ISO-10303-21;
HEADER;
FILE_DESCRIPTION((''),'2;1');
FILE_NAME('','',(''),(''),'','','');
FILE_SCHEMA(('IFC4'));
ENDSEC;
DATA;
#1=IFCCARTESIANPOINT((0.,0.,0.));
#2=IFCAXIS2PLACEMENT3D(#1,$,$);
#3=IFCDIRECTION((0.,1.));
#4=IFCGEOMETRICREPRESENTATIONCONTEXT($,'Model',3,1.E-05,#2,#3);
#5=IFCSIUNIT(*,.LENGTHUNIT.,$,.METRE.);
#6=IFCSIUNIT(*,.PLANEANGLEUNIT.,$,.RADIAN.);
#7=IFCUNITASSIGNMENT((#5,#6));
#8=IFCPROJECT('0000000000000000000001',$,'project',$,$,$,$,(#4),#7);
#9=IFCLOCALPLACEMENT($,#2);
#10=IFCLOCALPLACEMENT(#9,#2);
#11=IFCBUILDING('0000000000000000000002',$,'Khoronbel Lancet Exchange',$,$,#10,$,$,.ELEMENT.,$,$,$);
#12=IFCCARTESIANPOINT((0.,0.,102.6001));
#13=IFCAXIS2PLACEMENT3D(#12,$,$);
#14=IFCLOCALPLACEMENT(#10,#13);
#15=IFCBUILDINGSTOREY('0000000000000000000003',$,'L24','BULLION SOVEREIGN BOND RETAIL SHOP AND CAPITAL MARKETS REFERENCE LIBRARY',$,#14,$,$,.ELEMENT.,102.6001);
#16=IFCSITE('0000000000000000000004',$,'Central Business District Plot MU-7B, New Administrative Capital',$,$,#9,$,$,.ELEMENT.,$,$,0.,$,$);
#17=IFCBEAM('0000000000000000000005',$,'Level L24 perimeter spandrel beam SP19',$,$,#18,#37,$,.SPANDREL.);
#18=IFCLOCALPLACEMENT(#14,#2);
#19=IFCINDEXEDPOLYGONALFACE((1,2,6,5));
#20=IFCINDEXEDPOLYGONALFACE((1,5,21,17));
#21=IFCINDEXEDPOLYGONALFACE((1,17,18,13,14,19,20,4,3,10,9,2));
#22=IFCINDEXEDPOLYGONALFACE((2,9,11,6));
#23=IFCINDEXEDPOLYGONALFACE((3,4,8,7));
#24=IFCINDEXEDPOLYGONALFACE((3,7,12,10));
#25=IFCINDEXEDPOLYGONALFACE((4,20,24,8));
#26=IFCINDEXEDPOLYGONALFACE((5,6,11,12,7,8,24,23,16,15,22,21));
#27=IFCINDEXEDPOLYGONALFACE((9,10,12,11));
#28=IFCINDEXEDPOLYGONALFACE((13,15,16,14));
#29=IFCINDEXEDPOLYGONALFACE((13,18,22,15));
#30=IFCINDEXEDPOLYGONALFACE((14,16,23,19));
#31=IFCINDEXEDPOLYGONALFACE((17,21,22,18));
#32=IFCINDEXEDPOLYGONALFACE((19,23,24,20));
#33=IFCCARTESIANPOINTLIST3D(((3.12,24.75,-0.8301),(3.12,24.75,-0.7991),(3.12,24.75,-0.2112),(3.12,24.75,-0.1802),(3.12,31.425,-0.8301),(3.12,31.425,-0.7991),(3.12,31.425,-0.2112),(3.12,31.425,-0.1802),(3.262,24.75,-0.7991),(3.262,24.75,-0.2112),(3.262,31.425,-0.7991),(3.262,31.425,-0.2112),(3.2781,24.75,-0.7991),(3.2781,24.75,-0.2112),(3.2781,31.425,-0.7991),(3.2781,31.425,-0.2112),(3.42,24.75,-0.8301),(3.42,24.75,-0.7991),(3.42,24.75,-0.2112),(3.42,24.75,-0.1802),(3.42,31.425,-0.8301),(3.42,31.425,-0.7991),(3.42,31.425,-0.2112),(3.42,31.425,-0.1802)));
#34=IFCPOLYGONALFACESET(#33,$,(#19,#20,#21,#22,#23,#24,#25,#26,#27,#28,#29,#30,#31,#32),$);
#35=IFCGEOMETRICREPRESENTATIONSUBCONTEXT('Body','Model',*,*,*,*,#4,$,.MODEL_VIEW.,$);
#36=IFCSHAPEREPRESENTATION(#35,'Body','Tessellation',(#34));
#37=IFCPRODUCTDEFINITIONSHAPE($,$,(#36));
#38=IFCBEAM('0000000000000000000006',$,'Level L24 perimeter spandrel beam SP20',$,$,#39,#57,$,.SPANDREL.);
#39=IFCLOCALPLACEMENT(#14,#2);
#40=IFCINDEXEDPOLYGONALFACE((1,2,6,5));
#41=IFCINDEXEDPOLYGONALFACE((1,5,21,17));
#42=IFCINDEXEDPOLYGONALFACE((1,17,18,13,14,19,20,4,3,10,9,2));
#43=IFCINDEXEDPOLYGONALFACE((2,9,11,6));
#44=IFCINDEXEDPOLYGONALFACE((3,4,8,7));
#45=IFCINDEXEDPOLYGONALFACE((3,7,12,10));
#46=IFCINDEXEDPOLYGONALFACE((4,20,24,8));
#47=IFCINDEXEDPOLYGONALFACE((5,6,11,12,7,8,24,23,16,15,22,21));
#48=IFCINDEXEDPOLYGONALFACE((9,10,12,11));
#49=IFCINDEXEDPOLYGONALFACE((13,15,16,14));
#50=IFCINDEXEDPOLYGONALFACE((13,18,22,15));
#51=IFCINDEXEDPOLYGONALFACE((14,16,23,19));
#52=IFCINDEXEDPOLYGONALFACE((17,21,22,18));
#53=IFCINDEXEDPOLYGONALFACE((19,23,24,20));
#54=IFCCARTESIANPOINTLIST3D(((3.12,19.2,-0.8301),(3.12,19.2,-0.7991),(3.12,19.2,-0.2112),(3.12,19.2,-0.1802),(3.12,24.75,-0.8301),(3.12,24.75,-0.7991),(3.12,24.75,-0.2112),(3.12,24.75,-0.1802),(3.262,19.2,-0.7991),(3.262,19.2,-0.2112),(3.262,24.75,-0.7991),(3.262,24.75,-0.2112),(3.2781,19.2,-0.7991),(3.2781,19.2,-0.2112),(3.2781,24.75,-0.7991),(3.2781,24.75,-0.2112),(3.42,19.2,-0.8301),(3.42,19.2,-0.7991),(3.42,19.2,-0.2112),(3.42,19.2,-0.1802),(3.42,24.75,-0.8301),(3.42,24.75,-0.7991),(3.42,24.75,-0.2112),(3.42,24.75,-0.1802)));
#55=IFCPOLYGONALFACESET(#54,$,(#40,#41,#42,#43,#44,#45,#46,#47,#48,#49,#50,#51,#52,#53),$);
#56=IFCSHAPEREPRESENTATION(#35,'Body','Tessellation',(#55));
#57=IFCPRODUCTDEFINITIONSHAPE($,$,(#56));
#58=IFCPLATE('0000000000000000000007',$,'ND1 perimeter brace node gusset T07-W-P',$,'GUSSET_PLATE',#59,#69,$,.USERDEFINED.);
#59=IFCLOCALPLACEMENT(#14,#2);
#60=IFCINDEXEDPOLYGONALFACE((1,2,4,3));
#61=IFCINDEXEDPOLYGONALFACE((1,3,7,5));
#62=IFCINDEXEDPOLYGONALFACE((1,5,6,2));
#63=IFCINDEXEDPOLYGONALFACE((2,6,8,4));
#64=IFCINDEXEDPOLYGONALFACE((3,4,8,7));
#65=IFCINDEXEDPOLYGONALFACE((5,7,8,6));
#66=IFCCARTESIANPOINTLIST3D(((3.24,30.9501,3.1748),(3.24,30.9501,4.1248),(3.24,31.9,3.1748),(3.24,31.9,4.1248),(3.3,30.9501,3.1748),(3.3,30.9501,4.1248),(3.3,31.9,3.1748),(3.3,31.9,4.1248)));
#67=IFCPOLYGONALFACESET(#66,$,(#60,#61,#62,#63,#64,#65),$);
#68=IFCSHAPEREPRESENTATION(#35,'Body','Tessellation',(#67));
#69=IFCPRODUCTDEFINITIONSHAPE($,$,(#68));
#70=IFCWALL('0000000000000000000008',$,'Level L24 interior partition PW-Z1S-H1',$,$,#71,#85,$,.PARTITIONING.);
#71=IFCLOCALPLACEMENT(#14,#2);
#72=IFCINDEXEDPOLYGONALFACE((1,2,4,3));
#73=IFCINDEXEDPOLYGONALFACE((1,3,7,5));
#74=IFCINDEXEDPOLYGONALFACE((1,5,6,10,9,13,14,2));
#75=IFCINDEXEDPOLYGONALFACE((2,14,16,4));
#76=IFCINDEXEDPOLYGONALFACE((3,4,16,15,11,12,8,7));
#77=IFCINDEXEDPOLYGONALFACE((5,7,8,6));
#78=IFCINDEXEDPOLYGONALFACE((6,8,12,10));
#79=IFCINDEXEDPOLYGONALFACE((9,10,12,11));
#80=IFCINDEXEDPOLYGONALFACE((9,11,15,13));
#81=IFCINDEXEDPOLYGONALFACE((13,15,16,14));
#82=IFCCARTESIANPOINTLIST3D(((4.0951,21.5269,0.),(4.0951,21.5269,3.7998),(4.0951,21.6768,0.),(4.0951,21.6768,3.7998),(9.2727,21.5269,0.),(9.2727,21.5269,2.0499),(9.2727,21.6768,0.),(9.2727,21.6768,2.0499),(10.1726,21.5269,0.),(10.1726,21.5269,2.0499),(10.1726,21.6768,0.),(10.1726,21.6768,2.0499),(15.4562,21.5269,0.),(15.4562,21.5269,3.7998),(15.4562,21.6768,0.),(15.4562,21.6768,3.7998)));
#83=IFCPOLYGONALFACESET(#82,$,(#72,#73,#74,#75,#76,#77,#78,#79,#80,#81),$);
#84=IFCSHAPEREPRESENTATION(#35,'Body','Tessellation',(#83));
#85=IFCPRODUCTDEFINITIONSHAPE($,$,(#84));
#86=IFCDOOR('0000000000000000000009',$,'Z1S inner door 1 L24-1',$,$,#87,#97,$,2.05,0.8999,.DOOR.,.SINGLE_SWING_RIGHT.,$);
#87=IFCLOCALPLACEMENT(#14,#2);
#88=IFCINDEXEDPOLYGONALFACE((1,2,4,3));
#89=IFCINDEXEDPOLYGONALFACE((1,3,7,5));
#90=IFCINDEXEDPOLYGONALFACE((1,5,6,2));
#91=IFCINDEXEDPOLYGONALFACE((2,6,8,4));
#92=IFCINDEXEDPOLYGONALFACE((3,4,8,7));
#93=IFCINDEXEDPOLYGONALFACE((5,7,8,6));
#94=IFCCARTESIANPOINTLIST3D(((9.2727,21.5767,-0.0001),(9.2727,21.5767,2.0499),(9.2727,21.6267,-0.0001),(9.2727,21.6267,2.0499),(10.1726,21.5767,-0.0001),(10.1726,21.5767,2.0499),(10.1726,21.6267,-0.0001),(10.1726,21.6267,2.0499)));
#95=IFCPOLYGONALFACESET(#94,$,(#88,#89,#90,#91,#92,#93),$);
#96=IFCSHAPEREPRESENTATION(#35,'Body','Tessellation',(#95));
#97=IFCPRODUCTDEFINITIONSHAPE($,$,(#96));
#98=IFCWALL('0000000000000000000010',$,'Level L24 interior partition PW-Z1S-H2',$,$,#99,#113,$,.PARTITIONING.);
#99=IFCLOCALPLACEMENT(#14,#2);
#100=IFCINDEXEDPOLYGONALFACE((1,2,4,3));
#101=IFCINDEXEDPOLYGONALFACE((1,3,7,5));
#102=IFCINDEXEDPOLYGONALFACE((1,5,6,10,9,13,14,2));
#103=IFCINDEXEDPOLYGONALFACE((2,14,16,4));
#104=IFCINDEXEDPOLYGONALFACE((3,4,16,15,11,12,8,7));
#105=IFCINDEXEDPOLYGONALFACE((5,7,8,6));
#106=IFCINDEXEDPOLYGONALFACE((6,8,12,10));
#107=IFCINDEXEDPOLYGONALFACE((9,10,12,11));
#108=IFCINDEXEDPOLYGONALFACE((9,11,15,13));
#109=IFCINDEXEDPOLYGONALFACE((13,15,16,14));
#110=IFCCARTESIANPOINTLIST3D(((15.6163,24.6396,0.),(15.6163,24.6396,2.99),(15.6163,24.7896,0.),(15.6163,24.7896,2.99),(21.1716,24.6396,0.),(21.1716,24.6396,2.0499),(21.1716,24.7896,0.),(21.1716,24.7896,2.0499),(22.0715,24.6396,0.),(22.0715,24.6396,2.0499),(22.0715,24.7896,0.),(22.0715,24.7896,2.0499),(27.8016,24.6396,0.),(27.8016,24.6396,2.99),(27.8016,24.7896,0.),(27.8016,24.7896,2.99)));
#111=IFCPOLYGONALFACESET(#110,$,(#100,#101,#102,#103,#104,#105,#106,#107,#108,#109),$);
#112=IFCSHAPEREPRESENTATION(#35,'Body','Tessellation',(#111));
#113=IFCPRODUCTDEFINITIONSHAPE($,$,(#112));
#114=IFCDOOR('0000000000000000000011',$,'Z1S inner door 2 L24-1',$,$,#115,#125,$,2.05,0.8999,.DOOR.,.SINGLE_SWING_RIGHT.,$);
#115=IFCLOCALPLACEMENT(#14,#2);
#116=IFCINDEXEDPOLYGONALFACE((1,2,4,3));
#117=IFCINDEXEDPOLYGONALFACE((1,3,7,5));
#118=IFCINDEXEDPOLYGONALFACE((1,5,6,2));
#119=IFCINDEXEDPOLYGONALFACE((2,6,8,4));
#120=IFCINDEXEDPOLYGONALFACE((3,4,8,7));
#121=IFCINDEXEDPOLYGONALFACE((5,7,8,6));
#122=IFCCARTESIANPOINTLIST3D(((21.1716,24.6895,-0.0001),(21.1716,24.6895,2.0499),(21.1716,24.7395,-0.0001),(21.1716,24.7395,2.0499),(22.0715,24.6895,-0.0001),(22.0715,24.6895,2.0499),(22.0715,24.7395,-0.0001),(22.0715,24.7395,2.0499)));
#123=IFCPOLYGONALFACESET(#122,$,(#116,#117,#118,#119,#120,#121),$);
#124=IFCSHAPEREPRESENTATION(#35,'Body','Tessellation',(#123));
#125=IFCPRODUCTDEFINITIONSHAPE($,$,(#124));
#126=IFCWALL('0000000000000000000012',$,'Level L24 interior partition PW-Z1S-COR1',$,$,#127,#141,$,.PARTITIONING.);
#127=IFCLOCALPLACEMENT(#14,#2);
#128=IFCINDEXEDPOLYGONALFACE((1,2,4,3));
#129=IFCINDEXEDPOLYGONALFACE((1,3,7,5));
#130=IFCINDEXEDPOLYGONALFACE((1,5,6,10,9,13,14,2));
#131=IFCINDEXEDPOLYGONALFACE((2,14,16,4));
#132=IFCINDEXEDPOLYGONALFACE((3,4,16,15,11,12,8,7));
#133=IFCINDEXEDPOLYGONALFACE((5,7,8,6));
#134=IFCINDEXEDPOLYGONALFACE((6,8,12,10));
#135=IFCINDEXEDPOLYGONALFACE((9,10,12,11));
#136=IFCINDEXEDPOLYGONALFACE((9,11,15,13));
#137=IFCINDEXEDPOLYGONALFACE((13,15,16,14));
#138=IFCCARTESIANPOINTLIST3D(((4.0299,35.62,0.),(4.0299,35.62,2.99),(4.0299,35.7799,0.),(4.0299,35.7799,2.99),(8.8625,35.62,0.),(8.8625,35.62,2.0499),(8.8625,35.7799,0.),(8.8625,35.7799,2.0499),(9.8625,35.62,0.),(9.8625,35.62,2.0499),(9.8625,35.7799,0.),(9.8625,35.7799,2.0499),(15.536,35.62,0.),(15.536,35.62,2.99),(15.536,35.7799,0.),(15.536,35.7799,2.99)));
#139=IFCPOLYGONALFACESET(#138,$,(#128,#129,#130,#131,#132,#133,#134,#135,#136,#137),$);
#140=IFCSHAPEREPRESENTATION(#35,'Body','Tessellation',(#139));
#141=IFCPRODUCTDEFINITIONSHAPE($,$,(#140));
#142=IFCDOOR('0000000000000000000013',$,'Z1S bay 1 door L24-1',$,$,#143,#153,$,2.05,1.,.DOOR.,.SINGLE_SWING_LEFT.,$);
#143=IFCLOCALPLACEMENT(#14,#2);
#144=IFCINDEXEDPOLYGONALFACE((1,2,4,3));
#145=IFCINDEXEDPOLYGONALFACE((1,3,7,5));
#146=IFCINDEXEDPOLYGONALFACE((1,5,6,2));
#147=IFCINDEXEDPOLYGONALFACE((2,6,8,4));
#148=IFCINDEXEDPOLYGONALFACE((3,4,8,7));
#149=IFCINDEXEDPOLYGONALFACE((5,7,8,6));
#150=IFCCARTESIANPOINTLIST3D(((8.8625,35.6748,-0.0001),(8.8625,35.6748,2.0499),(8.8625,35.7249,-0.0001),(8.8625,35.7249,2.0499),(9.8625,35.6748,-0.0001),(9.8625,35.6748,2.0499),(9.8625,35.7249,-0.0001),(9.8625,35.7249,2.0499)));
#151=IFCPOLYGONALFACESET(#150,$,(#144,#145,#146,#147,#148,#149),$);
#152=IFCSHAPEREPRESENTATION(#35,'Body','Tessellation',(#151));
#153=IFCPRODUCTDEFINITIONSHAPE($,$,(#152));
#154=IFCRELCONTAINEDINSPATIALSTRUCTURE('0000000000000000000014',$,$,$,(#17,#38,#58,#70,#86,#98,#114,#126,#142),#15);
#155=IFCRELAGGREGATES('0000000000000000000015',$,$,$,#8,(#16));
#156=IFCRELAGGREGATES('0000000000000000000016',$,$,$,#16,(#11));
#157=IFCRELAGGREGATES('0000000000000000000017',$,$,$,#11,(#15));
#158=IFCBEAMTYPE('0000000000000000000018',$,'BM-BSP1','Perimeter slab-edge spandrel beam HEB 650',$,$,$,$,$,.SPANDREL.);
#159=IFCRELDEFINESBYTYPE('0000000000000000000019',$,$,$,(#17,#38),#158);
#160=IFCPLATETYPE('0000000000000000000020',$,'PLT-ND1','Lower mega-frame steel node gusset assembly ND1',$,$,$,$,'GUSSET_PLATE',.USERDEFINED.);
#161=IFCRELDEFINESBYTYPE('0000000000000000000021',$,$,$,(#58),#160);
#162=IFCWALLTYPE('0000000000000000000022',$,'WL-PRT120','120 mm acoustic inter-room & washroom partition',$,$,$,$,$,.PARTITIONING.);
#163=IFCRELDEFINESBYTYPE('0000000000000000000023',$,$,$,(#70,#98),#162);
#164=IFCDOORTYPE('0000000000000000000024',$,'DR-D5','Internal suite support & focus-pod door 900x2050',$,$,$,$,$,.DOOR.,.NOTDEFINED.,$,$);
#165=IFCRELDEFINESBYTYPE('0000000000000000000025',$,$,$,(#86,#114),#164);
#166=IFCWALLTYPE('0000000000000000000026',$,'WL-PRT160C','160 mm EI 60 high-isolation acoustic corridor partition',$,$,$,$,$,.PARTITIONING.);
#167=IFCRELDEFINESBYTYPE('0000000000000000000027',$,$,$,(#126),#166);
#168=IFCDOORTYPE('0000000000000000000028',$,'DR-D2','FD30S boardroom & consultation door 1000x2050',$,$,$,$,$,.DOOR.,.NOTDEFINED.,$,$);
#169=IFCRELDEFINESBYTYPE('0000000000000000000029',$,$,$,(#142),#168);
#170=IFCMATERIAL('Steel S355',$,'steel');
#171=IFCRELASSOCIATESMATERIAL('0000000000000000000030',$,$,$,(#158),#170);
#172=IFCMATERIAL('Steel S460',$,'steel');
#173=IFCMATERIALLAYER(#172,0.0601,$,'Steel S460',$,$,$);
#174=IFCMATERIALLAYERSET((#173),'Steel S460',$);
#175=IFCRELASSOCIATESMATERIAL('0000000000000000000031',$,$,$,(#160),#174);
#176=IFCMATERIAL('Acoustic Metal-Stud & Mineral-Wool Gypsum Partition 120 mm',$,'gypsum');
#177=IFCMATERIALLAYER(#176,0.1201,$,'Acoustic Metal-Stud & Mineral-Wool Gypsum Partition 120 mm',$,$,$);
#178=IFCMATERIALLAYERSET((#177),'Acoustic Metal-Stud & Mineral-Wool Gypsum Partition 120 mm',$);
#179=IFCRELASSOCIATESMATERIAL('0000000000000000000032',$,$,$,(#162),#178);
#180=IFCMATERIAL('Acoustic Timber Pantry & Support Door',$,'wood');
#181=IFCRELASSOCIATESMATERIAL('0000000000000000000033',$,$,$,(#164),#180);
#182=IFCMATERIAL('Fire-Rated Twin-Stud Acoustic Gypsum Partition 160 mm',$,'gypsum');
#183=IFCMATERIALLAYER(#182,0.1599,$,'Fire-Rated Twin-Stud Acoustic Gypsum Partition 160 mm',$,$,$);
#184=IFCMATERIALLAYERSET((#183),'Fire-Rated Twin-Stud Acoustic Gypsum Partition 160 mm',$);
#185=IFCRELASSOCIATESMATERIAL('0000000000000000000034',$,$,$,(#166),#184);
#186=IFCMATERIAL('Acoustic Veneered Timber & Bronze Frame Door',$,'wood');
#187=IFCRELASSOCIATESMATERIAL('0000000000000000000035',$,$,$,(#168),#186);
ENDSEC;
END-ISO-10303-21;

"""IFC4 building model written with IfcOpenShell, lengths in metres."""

from ifc_helpers import new_model, si_unit, direction, frame, frame_2d, origin, origin_2d, place, context, subcontext, project, spatial, rectangle, i_section, extrude, material, layer, layer_set, material_profile, profile_set, type_object, element, fill, save


model = new_model("IFC4")

# Units and contexts
model_context = context("Model", 3, precision=1e-05, world=origin(), true_north=direction((0.0, 1.0)))
body_context = subcontext(model_context, "Body", "Model", "MODEL_VIEW")
ifc_project = project(units=[si_unit("LENGTHUNIT", "METRE"), si_unit("PLANEANGLEUNIT", "RADIAN")], contexts=[model_context])

# Site, building, storey
site_placement = place(None, origin())
site = spatial("IfcSite", under=ifc_project, at=site_placement, Name="Central Business District Plot MU-7B, New Administrative Capital", CompositionType="ELEMENT", RefElevation=0.0)
building_placement = place(site_placement, origin())
building = spatial("IfcBuilding", under=site, at=building_placement, Name="Khoronbel Lancet Exchange", CompositionType="ELEMENT")
storey_placement = place(building_placement, frame((0.0, 0.0, 102.6001)))
storey = spatial("IfcBuildingStorey", under=building, at=storey_placement, Name="L24", Description="BULLION SOVEREIGN BOND RETAIL SHOP AND CAPITAL MARKETS REFERENCE LIBRARY", CompositionType="ELEMENT", Elevation=102.6001)

# Shared definitions
ifc_material_1 = material(Name="Steel S460", Category="steel")
ifc_material_2 = material(Name="Steel S355", Category="steel")

# Beams
ifc_material_profile_1 = material_profile(ifc_material_2, i_section(OverallWidth=0.3, OverallDepth=0.6499, WebThickness=0.0161, FlangeThickness=0.031, at=origin_2d()), Name="HEB 650")
ifc_profile_set_1 = profile_set([ifc_material_profile_1], Name="Steel S355")
beam_type_1 = type_object("IfcBeamType", Name="BM-BSP1", Description="Perimeter slab-edge spandrel beam HEB 650", PredefinedType="SPANDREL", material=ifc_profile_set_1)
beam_1_placement = place(storey_placement, frame((3.27, 31.425, -0.5051), z_axis=(0.0, -1.0, 0.0), x_axis=(1.0, 0.0, 0.0)))
element("IfcBeam", 1, at=beam_1_placement, inside=storey, type_object=beam_type_1, Name="Level L24 perimeter spandrel beam SP19", PredefinedType="SPANDREL", context=body_context, shape_type="SweptSolid", body=[
    extrude(i_section(OverallWidth=0.3, OverallDepth=0.6499, WebThickness=0.0161, FlangeThickness=0.031, at=origin_2d()), origin(), (0.0, 0.0, 1.0), 6.675),
])
beam_2_placement = place(storey_placement, frame((3.27, 24.75, -0.5051), z_axis=(0.0, -1.0, 0.0), x_axis=(1.0, 0.0, 0.0)))
element("IfcBeam", 2, at=beam_2_placement, inside=storey, type_object=beam_type_1, Name="Level L24 perimeter spandrel beam SP20", PredefinedType="SPANDREL", context=body_context, shape_type="SweptSolid", body=[
    extrude(i_section(OverallWidth=0.3, OverallDepth=0.6499, WebThickness=0.0161, FlangeThickness=0.031, at=origin_2d()), origin(), (0.0, 0.0, 1.0), 5.55),
])

# Plate
ifc_layer_1 = layer(ifc_material_1, 0.0601, Name="Steel S460")
ifc_layer_set_1 = layer_set([ifc_layer_1], Name="Steel S460")
plate_type = type_object("IfcPlateType", Name="PLT-ND1", Description="Lower mega-frame steel node gusset assembly ND1", ElementType="GUSSET_PLATE", PredefinedType="USERDEFINED", material=ifc_layer_set_1)
plate_placement = place(storey_placement, frame((3.27, 31.425, 3.1748), z_axis=(0.0, 0.0, 1.0), x_axis=(0.0, 1.0, 0.0)))
element("IfcPlate", 3, at=plate_placement, inside=storey, type_object=plate_type, Name="ND1 perimeter brace node gusset T07-W-P", ObjectType="GUSSET_PLATE", PredefinedType="USERDEFINED", context=body_context, shape_type="SweptSolid", body=[
    extrude(rectangle(XDim=0.95, YDim=0.0601, at=origin_2d()), origin(), (0.0, 0.0, 1.0), 0.95),
])

# Walls, openings, doors
ifc_material_3 = material(Name="Acoustic Metal-Stud & Mineral-Wool Gypsum Partition 120 mm", Category="gypsum")
ifc_layer_2 = layer(ifc_material_3, 0.1201, Name="Acoustic Metal-Stud & Mineral-Wool Gypsum Partition 120 mm")
ifc_layer_set_2 = layer_set([ifc_layer_2], Name="Acoustic Metal-Stud & Mineral-Wool Gypsum Partition 120 mm")
wall_type_1 = type_object("IfcWallType", Name="WL-PRT120", Description="120 mm acoustic inter-room & washroom partition", PredefinedType="PARTITIONING", material=ifc_layer_set_2)
wall_1_placement = place(storey_placement, frame((4.095, 21.6018, 0.0), z_axis=(0.0, 0.0, 1.0), x_axis=(1.0, 0.0, 0.0)))
wall_1 = element("IfcWall", 4, at=wall_1_placement, inside=storey, type_object=wall_type_1, Name="Level L24 interior partition PW-Z1S-H1", PredefinedType="PARTITIONING", context=body_context, shape_type="SweptSolid", body=[
    extrude(rectangle(XDim=11.3611, YDim=0.1499, at=frame_2d((5.6807, 0.0))), origin(), (0.0, 0.0, 1.0), 3.7998),
])
opening_1_placement = place(wall_1_placement, frame((5.1777, 0.0, 0.0)))
opening_1 = element("IfcOpeningElement", 5, at=opening_1_placement, cuts=wall_1, PredefinedType="OPENING", context=body_context, shape_type="SweptSolid", body=[
    extrude(rectangle(XDim=0.8999, YDim=2.05, at=frame_2d((0.45, 1.0249))), frame((0.0, 0.085, 0.0), z_axis=(0.0, -1.0, 0.0), x_axis=(1.0, 0.0, 0.0)), (0.0, 0.0, 1.0), 0.1699),
])
ifc_material_4 = material(Name="Acoustic Timber Pantry & Support Door", Category="wood")
door_type_1 = type_object("IfcDoorType", Name="DR-D5", Description="Internal suite support & focus-pod door 900x2050", OperationType="NOTDEFINED", PredefinedType="DOOR", material=ifc_material_4)
door_1_placement = place(opening_1_placement, origin())
door_1 = element("IfcDoor", 6, at=door_1_placement, inside=storey, type_object=door_type_1, Name="Z1S inner door 1 L24-1", OperationType="SINGLE_SWING_RIGHT", OverallHeight=2.05, OverallWidth=0.8999, PredefinedType="DOOR", context=body_context, shape_type="SweptSolid", body=[
    extrude(rectangle(XDim=0.8999, YDim=2.05, at=frame_2d((0.45, 1.0249))), frame((0.0, 0.0249, 0.0), z_axis=(0.0, -1.0, 0.0), x_axis=(1.0, 0.0, 0.0)), (0.0, 0.0, 1.0), 0.05),
])
fill(opening_1, door_1)
wall_2_placement = place(storey_placement, frame((15.6162, 24.7146, 0.0), z_axis=(0.0, 0.0, 1.0), x_axis=(1.0, 0.0, 0.0)))
wall_2 = element("IfcWall", 7, at=wall_2_placement, inside=storey, type_object=wall_type_1, Name="Level L24 interior partition PW-Z1S-H2", PredefinedType="PARTITIONING", context=body_context, shape_type="SweptSolid", body=[
    extrude(rectangle(XDim=12.1853, YDim=0.1499, at=frame_2d((6.0928, 0.0))), origin(), (0.0, 0.0, 1.0), 2.99),
])
opening_2_placement = place(wall_2_placement, frame((5.5554, 0.0, 0.0)))
opening_2 = element("IfcOpeningElement", 8, at=opening_2_placement, cuts=wall_2, PredefinedType="OPENING", context=body_context, shape_type="SweptSolid", body=[
    extrude(rectangle(XDim=0.8999, YDim=2.05, at=frame_2d((0.45, 1.0249))), frame((0.0, 0.085, 0.0), z_axis=(0.0, -1.0, 0.0), x_axis=(1.0, 0.0, 0.0)), (0.0, 0.0, 1.0), 0.1699),
])
door_2_placement = place(opening_2_placement, origin())
door_2 = element("IfcDoor", 9, at=door_2_placement, inside=storey, type_object=door_type_1, Name="Z1S inner door 2 L24-1", OperationType="SINGLE_SWING_RIGHT", OverallHeight=2.05, OverallWidth=0.8999, PredefinedType="DOOR", context=body_context, shape_type="SweptSolid", body=[
    extrude(rectangle(XDim=0.8999, YDim=2.05, at=frame_2d((0.45, 1.0249))), frame((0.0, 0.0249, 0.0), z_axis=(0.0, -1.0, 0.0), x_axis=(1.0, 0.0, 0.0)), (0.0, 0.0, 1.0), 0.05),
])
fill(opening_2, door_2)
ifc_material_5 = material(Name="Fire-Rated Twin-Stud Acoustic Gypsum Partition 160 mm", Category="gypsum")
ifc_layer_3 = layer(ifc_material_5, 0.1599, Name="Fire-Rated Twin-Stud Acoustic Gypsum Partition 160 mm")
ifc_layer_set_3 = layer_set([ifc_layer_3], Name="Fire-Rated Twin-Stud Acoustic Gypsum Partition 160 mm")
wall_type_2 = type_object("IfcWallType", Name="WL-PRT160C", Description="160 mm EI 60 high-isolation acoustic corridor partition", PredefinedType="PARTITIONING", material=ifc_layer_set_3)
wall_3_placement = place(storey_placement, frame((4.03, 35.7, 0.0), z_axis=(0.0, 0.0, 1.0), x_axis=(1.0, 0.0, 0.0)))
wall_3 = element("IfcWall", 10, at=wall_3_placement, inside=storey, type_object=wall_type_2, Name="Level L24 interior partition PW-Z1S-COR1", PredefinedType="PARTITIONING", context=body_context, shape_type="SweptSolid", body=[
    extrude(rectangle(XDim=11.5061, YDim=0.1599, at=frame_2d((5.7529, 0.0))), origin(), (0.0, 0.0, 1.0), 2.99),
])
opening_3_placement = place(wall_3_placement, frame((4.8325, 0.0, 0.0)))
opening_3 = element("IfcOpeningElement", 11, at=opening_3_placement, cuts=wall_3, PredefinedType="OPENING", context=body_context, shape_type="SweptSolid", body=[
    extrude(rectangle(XDim=1.0, YDim=2.05, at=frame_2d((0.5, 1.0249))), frame((0.0, 0.0898, 0.0), z_axis=(0.0, -1.0, 0.0), x_axis=(1.0, 0.0, 0.0)), (0.0, 0.0, 1.0), 0.1799),
])
ifc_material_6 = material(Name="Acoustic Veneered Timber & Bronze Frame Door", Category="wood")
door_type_2 = type_object("IfcDoorType", Name="DR-D2", Description="FD30S boardroom & consultation door 1000x2050", OperationType="NOTDEFINED", PredefinedType="DOOR", material=ifc_material_6)
door_3_placement = place(opening_3_placement, origin())
door_3 = element("IfcDoor", 12, at=door_3_placement, inside=storey, type_object=door_type_2, Name="Z1S bay 1 door L24-1", OperationType="SINGLE_SWING_LEFT", OverallHeight=2.05, OverallWidth=1.0, PredefinedType="DOOR", context=body_context, shape_type="SweptSolid", body=[
    extrude(rectangle(XDim=1.0, YDim=2.05, at=frame_2d((0.5, 1.0249))), frame((0.0, 0.0249, 0.0), z_axis=(0.0, -1.0, 0.0), x_axis=(1.0, 0.0, 0.0)), (0.0, 0.0, 1.0), 0.05),
])
fill(opening_3, door_3)

save(model, "model.ifc")
